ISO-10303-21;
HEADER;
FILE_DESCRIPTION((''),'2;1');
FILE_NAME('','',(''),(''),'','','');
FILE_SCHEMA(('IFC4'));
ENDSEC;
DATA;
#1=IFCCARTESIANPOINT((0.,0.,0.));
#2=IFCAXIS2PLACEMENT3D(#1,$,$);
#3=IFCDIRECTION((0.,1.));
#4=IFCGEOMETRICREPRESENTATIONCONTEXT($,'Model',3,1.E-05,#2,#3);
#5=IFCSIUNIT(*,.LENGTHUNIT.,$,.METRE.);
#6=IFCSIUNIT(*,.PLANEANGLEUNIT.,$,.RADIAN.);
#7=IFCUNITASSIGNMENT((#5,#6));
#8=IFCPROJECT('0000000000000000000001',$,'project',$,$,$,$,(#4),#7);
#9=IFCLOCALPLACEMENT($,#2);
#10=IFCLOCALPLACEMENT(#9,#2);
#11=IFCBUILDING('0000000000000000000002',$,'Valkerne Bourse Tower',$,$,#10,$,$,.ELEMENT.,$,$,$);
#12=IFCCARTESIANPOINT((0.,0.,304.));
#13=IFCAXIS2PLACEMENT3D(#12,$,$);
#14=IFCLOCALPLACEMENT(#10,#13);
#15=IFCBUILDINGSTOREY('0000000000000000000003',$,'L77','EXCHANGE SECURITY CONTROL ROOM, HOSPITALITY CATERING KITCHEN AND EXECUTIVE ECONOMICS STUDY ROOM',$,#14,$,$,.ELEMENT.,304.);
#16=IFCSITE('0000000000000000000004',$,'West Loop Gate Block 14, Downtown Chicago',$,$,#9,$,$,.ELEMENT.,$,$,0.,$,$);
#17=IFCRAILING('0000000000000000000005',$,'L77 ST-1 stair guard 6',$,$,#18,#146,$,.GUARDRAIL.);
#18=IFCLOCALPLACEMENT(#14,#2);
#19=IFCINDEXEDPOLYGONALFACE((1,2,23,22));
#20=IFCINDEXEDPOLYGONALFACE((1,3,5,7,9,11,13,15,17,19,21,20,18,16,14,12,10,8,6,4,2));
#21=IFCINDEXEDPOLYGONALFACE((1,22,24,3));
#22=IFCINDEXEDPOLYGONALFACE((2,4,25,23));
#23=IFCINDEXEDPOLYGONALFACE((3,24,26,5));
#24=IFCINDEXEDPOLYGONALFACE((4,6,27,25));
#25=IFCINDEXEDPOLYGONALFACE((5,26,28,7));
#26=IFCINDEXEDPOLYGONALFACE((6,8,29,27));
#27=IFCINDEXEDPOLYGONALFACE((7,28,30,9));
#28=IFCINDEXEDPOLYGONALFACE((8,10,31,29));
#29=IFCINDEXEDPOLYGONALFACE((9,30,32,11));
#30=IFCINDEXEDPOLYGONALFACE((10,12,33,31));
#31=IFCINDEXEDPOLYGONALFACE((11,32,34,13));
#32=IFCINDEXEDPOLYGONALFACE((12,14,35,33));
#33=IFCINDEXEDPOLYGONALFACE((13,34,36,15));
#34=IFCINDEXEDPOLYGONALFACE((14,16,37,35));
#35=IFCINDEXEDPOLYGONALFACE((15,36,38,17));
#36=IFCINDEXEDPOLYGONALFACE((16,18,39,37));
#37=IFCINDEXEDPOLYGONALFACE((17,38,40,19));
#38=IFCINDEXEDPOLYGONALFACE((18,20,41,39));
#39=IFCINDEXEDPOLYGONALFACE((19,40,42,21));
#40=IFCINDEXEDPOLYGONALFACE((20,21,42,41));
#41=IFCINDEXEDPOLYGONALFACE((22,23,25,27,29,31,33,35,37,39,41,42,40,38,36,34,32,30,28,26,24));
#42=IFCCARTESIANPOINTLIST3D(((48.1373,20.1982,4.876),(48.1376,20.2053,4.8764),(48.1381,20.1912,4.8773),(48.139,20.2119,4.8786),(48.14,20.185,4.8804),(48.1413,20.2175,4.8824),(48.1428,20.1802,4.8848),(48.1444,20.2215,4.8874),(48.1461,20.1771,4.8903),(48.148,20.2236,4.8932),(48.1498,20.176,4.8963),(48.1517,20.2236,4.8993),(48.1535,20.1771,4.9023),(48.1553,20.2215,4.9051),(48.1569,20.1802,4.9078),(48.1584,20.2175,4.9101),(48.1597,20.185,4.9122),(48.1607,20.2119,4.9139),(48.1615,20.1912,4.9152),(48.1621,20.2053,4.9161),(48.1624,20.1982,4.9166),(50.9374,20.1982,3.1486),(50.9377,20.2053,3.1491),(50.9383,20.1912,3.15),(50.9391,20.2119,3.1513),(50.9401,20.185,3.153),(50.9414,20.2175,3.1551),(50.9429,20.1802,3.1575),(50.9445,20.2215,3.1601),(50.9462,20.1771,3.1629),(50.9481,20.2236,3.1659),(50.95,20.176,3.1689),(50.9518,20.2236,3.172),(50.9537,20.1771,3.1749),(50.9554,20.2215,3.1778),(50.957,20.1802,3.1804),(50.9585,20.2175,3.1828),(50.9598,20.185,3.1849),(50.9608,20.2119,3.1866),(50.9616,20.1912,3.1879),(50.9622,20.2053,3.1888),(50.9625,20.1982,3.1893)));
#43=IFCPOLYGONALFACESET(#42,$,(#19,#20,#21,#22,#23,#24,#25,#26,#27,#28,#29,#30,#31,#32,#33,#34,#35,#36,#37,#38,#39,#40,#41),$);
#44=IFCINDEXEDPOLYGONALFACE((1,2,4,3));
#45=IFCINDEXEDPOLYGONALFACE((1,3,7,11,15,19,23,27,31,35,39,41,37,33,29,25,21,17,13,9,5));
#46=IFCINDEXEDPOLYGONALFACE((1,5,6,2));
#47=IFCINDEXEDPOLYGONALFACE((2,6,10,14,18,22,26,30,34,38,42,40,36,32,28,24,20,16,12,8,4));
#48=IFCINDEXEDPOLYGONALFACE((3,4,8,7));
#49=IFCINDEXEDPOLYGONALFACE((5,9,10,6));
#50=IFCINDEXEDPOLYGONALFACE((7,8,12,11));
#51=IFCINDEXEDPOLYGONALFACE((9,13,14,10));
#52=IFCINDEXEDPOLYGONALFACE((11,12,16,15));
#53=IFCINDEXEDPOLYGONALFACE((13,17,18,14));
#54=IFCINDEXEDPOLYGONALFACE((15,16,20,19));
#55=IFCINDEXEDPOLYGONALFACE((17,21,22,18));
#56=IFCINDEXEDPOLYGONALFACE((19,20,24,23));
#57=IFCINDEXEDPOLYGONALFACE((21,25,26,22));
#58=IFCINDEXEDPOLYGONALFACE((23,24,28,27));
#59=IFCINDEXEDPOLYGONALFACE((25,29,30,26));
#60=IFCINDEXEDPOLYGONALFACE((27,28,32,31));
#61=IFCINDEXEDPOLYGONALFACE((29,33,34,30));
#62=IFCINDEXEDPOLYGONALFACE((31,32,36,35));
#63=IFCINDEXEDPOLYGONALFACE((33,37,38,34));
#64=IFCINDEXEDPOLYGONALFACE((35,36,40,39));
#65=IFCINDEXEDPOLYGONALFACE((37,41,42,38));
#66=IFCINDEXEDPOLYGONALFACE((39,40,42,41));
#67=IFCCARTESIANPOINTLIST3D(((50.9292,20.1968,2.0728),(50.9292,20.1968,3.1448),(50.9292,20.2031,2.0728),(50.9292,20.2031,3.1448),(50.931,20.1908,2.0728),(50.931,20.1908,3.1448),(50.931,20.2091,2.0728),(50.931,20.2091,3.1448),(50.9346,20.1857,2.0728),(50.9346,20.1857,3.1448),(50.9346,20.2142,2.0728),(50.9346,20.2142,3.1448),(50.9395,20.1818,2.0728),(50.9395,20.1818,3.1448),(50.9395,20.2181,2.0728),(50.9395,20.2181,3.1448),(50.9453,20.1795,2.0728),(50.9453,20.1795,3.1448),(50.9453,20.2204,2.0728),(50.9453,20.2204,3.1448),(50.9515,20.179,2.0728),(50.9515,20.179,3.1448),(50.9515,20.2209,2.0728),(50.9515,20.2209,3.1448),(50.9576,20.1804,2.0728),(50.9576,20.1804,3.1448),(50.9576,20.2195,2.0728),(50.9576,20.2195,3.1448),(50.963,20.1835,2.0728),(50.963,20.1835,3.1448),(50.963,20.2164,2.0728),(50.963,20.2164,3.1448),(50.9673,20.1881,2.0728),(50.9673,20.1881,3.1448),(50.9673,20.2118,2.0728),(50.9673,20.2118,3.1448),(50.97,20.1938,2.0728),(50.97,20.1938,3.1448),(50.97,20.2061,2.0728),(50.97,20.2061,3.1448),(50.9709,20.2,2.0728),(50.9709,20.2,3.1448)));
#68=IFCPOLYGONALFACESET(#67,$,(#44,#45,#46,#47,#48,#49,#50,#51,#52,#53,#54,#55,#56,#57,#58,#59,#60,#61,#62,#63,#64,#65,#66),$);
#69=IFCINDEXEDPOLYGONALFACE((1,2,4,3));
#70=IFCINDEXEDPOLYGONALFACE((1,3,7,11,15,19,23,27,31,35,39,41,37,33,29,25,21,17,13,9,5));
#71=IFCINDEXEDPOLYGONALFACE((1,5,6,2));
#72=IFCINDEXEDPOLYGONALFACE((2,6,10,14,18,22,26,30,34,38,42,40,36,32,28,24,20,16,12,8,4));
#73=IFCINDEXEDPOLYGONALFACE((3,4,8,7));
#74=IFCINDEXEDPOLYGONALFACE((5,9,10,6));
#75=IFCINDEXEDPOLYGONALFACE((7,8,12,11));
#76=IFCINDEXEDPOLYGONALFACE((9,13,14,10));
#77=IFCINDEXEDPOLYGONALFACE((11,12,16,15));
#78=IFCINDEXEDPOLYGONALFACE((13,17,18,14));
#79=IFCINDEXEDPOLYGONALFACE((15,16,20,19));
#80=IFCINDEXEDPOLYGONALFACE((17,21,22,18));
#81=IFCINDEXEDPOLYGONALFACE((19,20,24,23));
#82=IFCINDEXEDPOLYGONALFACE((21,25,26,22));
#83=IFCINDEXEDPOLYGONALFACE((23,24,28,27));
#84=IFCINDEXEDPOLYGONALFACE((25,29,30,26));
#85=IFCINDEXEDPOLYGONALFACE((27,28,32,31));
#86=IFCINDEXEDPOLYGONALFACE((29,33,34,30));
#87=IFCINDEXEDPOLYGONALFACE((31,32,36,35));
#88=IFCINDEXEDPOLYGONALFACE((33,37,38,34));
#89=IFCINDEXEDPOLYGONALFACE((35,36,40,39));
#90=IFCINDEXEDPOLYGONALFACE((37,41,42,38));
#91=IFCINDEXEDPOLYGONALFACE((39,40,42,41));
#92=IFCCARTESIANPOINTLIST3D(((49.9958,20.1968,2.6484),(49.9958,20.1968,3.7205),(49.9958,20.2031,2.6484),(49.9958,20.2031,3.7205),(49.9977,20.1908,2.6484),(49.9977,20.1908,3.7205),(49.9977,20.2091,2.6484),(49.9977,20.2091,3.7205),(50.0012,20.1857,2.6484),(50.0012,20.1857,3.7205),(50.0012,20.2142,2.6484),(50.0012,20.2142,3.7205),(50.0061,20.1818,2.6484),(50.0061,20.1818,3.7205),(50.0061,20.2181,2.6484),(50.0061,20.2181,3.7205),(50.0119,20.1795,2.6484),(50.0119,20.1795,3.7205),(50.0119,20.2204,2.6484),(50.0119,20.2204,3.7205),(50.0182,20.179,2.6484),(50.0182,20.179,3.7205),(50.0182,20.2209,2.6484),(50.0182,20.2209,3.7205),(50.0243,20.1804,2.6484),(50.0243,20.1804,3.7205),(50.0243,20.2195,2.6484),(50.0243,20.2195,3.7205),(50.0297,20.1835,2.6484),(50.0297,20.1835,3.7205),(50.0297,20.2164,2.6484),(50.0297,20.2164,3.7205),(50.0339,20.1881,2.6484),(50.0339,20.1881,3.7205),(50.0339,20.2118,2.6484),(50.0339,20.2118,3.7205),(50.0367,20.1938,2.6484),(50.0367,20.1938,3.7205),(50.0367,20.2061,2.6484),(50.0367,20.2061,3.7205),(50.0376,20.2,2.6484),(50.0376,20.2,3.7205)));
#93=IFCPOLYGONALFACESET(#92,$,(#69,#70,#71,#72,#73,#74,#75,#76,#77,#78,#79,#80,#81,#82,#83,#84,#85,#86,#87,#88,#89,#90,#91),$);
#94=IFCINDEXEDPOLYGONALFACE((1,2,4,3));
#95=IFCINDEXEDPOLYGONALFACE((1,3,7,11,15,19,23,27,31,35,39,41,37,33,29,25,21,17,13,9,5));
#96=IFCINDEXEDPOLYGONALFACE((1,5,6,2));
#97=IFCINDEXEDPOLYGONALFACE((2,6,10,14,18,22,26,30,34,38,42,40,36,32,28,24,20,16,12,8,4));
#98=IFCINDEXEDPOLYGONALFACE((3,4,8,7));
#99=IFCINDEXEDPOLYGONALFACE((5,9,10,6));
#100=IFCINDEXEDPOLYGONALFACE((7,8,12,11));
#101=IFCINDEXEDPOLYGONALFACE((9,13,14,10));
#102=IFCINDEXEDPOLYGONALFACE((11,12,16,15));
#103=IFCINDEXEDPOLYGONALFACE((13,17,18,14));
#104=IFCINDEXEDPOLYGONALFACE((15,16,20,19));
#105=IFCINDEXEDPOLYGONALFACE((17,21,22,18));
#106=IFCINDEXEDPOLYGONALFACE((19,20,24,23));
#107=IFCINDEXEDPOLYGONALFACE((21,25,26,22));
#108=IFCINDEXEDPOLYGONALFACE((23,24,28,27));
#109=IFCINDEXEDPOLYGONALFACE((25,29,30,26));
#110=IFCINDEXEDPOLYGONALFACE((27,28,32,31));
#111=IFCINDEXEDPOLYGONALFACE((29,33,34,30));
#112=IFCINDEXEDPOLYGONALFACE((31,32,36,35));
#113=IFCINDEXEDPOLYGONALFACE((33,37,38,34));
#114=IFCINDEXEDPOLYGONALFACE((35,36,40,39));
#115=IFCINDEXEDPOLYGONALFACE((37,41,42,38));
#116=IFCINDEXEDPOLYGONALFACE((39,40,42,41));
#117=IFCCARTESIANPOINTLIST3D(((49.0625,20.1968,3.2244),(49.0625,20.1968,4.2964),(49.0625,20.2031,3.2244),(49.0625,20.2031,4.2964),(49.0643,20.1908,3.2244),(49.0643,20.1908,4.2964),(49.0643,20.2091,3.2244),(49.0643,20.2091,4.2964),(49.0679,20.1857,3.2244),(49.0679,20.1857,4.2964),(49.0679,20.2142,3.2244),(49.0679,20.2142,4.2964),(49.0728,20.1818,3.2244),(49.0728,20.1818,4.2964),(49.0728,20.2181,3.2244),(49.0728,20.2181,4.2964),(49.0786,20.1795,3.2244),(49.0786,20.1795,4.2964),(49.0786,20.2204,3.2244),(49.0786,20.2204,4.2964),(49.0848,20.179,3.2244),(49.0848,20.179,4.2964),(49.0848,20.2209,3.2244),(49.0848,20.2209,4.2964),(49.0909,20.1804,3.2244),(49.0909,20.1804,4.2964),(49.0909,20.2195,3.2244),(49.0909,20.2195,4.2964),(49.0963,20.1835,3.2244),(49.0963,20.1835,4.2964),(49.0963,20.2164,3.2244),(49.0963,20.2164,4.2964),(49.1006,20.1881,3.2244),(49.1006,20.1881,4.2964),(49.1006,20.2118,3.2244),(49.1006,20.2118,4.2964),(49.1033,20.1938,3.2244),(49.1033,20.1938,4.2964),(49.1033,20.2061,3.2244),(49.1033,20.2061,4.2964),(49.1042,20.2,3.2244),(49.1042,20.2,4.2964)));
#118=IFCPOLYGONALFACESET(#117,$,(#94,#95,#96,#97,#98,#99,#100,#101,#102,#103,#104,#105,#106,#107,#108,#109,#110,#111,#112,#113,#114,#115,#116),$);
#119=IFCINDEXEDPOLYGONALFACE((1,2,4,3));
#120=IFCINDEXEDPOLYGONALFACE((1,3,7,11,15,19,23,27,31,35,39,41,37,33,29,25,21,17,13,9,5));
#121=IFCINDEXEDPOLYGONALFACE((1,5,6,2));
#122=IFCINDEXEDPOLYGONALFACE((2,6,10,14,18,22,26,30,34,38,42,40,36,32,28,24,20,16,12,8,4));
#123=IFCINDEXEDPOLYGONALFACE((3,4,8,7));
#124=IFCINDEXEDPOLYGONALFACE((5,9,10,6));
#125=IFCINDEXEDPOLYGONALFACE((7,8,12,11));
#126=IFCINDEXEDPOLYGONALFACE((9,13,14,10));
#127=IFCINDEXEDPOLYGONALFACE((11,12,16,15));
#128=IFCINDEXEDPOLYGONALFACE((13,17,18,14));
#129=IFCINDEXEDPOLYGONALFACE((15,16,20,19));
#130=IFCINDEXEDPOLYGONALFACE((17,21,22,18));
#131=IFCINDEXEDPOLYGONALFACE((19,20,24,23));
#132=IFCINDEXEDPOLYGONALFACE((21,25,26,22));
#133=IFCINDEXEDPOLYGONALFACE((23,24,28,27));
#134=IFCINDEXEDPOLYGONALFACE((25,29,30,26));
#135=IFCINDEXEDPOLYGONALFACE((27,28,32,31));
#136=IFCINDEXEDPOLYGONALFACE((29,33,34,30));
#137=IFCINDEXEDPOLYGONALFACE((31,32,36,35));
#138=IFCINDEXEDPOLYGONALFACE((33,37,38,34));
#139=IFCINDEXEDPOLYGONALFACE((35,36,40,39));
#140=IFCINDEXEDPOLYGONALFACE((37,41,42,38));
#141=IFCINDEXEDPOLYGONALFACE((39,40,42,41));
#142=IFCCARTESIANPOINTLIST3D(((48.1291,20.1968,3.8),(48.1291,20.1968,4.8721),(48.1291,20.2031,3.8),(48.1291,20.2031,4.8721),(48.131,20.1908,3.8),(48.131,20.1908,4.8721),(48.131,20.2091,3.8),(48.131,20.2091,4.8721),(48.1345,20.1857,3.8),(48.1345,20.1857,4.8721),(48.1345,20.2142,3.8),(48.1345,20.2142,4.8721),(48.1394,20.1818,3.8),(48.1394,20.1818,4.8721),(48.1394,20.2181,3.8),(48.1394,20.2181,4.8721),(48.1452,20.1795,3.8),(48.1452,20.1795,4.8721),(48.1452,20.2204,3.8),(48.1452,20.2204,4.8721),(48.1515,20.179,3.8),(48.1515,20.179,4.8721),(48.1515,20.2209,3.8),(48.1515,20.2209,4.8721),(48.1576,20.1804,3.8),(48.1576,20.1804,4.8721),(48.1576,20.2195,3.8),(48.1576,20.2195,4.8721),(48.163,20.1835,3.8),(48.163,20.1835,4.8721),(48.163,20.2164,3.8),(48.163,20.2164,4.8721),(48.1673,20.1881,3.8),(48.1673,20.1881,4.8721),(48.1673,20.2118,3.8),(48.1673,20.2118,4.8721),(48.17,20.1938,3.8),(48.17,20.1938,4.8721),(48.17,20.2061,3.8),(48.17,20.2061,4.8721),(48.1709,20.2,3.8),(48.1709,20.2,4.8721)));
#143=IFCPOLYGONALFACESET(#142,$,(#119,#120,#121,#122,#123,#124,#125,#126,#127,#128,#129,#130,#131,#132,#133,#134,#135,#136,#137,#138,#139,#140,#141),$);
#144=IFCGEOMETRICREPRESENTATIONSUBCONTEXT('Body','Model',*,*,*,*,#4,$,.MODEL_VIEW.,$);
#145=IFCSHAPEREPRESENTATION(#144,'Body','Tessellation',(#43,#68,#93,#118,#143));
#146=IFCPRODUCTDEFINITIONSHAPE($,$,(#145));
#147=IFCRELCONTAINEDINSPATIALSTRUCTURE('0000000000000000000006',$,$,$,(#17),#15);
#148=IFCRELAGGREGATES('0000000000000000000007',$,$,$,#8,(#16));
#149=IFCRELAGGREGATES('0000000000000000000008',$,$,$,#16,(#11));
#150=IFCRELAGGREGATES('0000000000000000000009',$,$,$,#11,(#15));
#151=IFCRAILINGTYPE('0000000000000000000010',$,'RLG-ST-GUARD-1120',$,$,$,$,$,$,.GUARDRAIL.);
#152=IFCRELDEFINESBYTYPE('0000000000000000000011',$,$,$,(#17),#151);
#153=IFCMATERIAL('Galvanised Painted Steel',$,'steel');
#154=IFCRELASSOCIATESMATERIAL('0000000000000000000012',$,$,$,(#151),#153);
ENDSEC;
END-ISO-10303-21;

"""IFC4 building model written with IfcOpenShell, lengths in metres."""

from ifc_helpers import new_model, si_unit, direction, frame, origin, origin_2d, place, context, subcontext, project, spatial, circle, extrude, material, type_object, element, save


model = new_model("IFC4")

# Units and contexts
model_context = context("Model", 3, precision=1e-05, world=origin(), true_north=direction((0.0, 1.0)))
body_context = subcontext(model_context, "Body", "Model", "MODEL_VIEW")
ifc_project = project(units=[si_unit("LENGTHUNIT", "METRE"), si_unit("PLANEANGLEUNIT", "RADIAN")], contexts=[model_context])

# Site, building, storey
site_placement = place(None, origin())
site = spatial("IfcSite", under=ifc_project, at=site_placement, Name="West Loop Gate Block 14, Downtown Chicago", CompositionType="ELEMENT", RefElevation=0.0)
building_placement = place(site_placement, origin())
building = spatial("IfcBuilding", under=site, at=building_placement, Name="Valkerne Bourse Tower", CompositionType="ELEMENT")
storey_placement = place(building_placement, frame((0.0, 0.0, 304.0)))
storey = spatial("IfcBuildingStorey", under=building, at=storey_placement, Name="L77", Description="EXCHANGE SECURITY CONTROL ROOM, HOSPITALITY CATERING KITCHEN AND EXECUTIVE ECONOMICS STUDY ROOM", CompositionType="ELEMENT", Elevation=304.0)

# Shared definitions
ifc_material_1 = material(Name="Galvanised Painted Steel", Category="steel")

# Railing
railing_type_1 = type_object("IfcRailingType", Name="RLG-ST-GUARD-1120", PredefinedType="GUARDRAIL", material=ifc_material_1)
railing_1_placement = place(storey_placement, frame((50.95, 20.2, 2.0728)))
element("IfcRailing", 1, at=railing_1_placement, inside=storey, type_object=railing_type_1, Name="L77 ST-1 stair guard 6", PredefinedType="GUARDRAIL", context=body_context, shape_type="SweptSolid", body=[
    extrude(circle(Radius=0.0239, at=origin_2d()), frame((0.0, 0.0, 1.0962), z_axis=(-0.85109, 0.0, 0.52502), x_axis=(0.0, -1.0, 0.0)), (0.0, 0.0, 1.0), 3.29),
    extrude(circle(Radius=0.021, at=origin_2d()), origin(), (0.0, 0.0, 1.0), 1.072),
    extrude(circle(Radius=0.021, at=origin_2d()), frame((-0.9333, 0.0, 0.5757)), (0.0, 0.0, 1.0), 1.072),
    extrude(circle(Radius=0.021, at=origin_2d()), frame((-1.8667, 0.0, 1.1516)), (0.0, 0.0, 1.0), 1.072),
    extrude(circle(Radius=0.021, at=origin_2d()), frame((-2.8, 0.0, 1.7273)), (0.0, 0.0, 1.0), 1.072),
])

save(model, "model.ifc")
